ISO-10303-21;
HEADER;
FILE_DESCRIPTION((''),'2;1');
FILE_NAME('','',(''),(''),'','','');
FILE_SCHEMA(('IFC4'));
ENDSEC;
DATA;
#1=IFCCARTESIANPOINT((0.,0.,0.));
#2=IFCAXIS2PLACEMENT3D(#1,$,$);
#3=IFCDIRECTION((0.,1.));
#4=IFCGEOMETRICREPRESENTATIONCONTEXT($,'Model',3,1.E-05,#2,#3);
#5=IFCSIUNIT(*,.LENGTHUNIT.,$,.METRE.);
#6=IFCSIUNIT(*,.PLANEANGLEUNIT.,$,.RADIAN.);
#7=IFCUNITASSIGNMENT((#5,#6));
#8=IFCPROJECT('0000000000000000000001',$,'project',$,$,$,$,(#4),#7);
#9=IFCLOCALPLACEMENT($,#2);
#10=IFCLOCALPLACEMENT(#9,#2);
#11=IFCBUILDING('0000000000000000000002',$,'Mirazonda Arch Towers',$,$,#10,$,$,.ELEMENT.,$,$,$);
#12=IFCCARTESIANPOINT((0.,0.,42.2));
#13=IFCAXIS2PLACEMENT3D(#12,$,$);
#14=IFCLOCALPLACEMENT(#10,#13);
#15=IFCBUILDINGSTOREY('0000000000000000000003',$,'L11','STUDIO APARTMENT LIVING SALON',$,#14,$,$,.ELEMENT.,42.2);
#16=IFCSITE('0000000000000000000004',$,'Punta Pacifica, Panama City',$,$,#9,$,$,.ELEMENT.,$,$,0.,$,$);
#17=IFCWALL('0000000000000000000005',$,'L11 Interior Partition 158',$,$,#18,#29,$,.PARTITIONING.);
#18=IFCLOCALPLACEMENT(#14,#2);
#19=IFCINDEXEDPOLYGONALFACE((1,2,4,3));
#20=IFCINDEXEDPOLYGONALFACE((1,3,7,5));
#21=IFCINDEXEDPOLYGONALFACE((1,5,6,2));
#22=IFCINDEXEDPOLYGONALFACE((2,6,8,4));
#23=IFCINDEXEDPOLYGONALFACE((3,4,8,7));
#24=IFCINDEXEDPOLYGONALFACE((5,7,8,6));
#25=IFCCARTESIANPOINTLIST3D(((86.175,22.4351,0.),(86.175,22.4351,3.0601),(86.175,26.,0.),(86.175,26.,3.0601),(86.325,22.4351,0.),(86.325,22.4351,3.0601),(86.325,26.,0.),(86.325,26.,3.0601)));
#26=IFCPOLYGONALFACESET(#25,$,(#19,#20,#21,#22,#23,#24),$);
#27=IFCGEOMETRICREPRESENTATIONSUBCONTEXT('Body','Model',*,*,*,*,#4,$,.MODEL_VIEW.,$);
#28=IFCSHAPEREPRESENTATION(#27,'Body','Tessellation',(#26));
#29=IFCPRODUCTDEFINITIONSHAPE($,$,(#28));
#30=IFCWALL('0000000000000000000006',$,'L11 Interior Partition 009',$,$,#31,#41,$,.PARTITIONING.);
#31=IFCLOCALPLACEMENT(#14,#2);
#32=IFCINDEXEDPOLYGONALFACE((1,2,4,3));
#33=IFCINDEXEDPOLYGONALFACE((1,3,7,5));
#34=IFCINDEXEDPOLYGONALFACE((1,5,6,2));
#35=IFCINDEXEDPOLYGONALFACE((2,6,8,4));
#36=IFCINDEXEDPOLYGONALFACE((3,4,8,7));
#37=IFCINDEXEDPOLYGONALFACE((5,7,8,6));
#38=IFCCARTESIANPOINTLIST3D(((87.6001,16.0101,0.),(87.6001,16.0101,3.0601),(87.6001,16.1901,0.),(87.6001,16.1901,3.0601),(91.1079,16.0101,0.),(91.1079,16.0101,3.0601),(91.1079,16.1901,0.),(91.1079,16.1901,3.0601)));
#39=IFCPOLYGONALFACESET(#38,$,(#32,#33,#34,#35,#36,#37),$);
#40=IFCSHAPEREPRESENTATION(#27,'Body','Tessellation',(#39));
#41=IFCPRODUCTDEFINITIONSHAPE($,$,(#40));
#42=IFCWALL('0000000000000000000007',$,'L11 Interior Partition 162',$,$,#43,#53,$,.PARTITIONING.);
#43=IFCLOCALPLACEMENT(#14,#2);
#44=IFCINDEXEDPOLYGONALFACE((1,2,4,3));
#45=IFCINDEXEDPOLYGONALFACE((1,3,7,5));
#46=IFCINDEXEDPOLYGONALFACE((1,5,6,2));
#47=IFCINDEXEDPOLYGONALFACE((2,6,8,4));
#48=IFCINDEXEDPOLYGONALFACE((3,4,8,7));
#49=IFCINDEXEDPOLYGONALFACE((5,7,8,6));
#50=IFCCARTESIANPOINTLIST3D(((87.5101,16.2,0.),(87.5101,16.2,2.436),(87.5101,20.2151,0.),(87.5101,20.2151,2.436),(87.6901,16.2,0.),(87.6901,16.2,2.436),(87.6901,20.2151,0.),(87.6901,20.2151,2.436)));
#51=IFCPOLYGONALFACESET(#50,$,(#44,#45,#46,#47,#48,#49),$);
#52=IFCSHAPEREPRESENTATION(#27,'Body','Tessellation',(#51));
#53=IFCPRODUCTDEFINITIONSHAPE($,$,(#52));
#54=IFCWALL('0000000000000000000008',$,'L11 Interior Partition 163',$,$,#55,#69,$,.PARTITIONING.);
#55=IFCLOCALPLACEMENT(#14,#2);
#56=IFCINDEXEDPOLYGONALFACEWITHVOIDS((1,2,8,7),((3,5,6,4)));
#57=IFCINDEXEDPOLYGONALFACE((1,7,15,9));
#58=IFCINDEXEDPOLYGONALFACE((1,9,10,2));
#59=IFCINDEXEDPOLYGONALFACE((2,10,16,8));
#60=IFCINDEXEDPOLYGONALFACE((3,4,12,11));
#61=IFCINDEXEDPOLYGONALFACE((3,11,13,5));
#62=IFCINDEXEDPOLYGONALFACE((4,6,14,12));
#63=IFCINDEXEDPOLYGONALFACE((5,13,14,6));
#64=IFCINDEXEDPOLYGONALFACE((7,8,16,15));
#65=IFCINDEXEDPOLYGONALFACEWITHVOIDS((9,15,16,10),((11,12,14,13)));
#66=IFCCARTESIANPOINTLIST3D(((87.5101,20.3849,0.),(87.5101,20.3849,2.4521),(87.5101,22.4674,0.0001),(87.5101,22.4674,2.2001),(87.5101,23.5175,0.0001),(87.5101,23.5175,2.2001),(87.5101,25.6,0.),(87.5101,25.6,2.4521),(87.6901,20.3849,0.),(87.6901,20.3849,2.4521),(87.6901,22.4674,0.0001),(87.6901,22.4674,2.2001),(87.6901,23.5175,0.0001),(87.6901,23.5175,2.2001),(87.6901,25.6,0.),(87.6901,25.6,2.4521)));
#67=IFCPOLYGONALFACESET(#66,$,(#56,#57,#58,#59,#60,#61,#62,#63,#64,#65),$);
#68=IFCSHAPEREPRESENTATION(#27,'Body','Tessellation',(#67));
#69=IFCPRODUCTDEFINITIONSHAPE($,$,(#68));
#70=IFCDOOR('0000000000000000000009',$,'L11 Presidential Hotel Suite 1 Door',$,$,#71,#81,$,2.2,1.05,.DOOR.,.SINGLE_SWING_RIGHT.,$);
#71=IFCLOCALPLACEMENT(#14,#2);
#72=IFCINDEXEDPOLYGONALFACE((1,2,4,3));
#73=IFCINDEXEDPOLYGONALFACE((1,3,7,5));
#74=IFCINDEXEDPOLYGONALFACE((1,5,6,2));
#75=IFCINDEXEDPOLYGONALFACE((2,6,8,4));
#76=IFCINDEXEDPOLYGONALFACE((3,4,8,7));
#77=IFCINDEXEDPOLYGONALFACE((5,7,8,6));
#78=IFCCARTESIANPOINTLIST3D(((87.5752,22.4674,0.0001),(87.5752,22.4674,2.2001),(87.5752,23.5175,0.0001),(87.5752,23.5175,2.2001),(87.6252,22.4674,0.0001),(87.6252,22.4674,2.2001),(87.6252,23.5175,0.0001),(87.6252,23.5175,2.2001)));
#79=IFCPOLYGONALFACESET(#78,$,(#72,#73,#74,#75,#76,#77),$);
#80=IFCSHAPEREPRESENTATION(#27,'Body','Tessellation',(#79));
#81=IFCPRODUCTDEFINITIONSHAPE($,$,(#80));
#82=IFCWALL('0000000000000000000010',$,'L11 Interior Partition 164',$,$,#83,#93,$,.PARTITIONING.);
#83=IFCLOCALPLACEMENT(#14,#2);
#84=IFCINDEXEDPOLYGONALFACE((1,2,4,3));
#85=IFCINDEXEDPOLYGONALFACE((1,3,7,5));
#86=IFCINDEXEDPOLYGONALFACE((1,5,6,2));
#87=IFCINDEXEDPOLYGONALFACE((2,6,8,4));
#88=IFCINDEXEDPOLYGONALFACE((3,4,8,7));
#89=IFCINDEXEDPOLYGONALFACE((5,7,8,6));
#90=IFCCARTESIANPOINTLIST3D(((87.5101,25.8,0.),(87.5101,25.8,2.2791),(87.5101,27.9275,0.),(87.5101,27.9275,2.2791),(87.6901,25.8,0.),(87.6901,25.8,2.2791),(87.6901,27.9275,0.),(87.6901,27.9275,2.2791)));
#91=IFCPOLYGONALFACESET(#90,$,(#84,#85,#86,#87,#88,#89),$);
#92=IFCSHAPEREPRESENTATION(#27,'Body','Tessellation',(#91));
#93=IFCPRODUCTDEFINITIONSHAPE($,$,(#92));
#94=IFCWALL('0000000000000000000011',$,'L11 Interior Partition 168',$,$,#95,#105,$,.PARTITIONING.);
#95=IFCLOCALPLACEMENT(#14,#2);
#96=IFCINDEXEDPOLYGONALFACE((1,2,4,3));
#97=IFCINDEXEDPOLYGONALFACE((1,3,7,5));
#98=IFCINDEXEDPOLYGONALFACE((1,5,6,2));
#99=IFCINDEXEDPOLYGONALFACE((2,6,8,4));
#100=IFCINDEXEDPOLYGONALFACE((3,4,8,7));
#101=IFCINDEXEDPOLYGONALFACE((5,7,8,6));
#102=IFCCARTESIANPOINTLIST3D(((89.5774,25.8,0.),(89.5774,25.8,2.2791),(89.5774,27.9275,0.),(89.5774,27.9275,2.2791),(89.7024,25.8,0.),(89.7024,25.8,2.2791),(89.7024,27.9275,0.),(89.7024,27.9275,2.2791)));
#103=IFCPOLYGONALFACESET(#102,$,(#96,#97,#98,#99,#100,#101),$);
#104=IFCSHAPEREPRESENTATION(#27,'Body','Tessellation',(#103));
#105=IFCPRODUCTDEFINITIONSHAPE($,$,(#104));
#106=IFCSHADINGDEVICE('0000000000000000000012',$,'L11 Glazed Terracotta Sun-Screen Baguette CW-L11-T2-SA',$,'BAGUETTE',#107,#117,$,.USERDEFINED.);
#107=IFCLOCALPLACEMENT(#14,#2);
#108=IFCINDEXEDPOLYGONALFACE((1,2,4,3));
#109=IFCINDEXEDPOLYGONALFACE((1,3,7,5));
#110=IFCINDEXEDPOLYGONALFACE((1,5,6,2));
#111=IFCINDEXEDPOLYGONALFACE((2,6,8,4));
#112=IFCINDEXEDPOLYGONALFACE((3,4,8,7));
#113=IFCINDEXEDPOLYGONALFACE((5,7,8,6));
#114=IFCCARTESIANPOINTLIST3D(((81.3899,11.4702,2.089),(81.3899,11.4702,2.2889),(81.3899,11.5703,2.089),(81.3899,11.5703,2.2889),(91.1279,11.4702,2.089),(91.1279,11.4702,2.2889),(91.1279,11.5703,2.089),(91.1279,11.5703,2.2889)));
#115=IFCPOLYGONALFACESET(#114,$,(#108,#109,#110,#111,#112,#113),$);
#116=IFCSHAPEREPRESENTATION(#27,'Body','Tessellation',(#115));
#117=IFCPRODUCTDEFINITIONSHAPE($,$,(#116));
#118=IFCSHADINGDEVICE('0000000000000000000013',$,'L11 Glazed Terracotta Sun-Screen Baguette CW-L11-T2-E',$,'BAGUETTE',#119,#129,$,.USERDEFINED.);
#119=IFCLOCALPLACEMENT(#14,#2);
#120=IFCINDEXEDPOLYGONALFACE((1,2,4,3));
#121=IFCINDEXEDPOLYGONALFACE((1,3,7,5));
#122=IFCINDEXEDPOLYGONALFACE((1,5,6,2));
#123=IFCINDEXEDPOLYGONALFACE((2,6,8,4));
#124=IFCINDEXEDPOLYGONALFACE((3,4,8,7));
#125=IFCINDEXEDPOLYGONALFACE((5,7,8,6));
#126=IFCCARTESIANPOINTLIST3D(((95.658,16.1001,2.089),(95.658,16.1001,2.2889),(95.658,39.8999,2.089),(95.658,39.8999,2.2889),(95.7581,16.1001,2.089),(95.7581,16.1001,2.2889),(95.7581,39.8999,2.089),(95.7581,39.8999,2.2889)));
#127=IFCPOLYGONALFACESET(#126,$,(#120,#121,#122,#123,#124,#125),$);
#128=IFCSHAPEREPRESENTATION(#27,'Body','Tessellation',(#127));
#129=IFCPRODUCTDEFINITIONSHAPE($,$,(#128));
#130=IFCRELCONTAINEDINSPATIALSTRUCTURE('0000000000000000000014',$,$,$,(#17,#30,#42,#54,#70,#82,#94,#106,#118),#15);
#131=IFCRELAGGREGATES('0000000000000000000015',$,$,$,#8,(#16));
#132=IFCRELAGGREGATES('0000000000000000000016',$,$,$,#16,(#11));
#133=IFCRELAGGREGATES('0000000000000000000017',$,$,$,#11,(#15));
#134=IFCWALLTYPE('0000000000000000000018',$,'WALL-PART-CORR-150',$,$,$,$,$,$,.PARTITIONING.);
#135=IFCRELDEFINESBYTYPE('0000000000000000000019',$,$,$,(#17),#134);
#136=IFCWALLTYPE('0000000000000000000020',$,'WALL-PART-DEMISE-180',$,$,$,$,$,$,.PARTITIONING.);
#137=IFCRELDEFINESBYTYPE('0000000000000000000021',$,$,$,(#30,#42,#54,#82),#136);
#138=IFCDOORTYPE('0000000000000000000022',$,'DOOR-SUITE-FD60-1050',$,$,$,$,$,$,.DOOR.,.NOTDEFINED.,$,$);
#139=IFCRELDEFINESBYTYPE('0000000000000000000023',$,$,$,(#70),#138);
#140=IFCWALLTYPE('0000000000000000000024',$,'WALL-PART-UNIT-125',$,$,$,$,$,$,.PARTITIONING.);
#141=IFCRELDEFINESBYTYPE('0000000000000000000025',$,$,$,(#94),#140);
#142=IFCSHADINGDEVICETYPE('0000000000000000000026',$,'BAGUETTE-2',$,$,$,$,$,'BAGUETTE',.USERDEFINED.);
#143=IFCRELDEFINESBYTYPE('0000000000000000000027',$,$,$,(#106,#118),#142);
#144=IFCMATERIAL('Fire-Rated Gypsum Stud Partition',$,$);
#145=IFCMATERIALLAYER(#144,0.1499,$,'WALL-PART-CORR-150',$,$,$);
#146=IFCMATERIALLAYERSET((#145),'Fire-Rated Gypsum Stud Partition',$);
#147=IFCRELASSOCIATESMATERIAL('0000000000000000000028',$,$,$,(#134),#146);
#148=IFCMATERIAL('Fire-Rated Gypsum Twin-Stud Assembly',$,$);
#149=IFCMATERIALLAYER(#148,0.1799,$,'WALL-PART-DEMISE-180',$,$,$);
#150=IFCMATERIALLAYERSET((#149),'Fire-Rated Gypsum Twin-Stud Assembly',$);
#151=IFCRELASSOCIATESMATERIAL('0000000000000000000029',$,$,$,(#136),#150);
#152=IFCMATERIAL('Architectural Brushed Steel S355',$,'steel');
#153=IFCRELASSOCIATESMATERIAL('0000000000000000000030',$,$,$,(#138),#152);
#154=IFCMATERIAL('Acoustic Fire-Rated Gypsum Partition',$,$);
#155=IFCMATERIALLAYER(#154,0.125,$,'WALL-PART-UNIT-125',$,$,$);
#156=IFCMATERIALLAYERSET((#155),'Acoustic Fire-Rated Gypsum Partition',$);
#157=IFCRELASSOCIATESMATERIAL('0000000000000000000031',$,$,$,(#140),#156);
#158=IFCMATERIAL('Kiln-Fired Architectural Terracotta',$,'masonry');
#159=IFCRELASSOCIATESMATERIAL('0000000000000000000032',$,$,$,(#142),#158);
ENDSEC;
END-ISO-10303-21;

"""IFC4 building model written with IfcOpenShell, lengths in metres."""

from ifc_helpers import new_model, si_unit, direction, frame, frame_2d, origin, origin_2d, place, context, subcontext, project, spatial, rectangle, extrude, material, layer, layer_set, material_profile, profile_set, type_object, element, fill, save


model = new_model("IFC4")

# Units and contexts
model_context = context("Model", 3, precision=1e-05, world=origin(), true_north=direction((0.0, 1.0)))
body_context = subcontext(model_context, "Body", "Model", "MODEL_VIEW")
ifc_project = project(units=[si_unit("LENGTHUNIT", "METRE"), si_unit("PLANEANGLEUNIT", "RADIAN")], contexts=[model_context])

# Site, building, storey
site_placement = place(None, origin())
site = spatial("IfcSite", under=ifc_project, at=site_placement, Name="Punta Pacifica, Panama City", CompositionType="ELEMENT", RefElevation=0.0)
building_placement = place(site_placement, origin())
building = spatial("IfcBuilding", under=site, at=building_placement, Name="Mirazonda Arch Towers", CompositionType="ELEMENT")
storey_placement = place(building_placement, frame((0.0, 0.0, 42.2)))
storey = spatial("IfcBuildingStorey", under=building, at=storey_placement, Name="L11", Description="STUDIO APARTMENT LIVING SALON", CompositionType="ELEMENT", Elevation=42.2)

# Walls
ifc_material_1 = material(Name="Fire-Rated Gypsum Stud Partition")
ifc_layer_1 = layer(ifc_material_1, 0.1499, Name="WALL-PART-CORR-150")
ifc_layer_set_1 = layer_set([ifc_layer_1], Name="Fire-Rated Gypsum Stud Partition")
wall_type_1 = type_object("IfcWallType", Name="WALL-PART-CORR-150", PredefinedType="PARTITIONING", material=ifc_layer_set_1)
wall_1_placement = place(storey_placement, frame((86.25, 22.4351, 0.0), z_axis=(0.0, 0.0, 1.0), x_axis=(0.0, 1.0, 0.0)))
element("IfcWall", 1, at=wall_1_placement, inside=storey, type_object=wall_type_1, Name="L11 Interior Partition 158", PredefinedType="PARTITIONING", context=body_context, shape_type="SweptSolid", body=[
    extrude(rectangle(XDim=3.5649, YDim=0.1499, at=frame_2d((1.7825, 0.0))), origin(), (0.0, 0.0, 1.0), 3.0601),
])
ifc_material_2 = material(Name="Fire-Rated Gypsum Twin-Stud Assembly")
ifc_layer_2 = layer(ifc_material_2, 0.1799, Name="WALL-PART-DEMISE-180")
ifc_layer_set_2 = layer_set([ifc_layer_2], Name="Fire-Rated Gypsum Twin-Stud Assembly")
wall_type_2 = type_object("IfcWallType", Name="WALL-PART-DEMISE-180", PredefinedType="PARTITIONING", material=ifc_layer_set_2)
wall_2_placement = place(storey_placement, frame((87.6001, 16.1001, 0.0), z_axis=(0.0, 0.0, 1.0), x_axis=(1.0, 0.0, 0.0)))
element("IfcWall", 2, at=wall_2_placement, inside=storey, type_object=wall_type_2, Name="L11 Interior Partition 009", PredefinedType="PARTITIONING", context=body_context, shape_type="SweptSolid", body=[
    extrude(rectangle(XDim=3.5078, YDim=0.1799, at=frame_2d((1.7539, 0.0))), origin(), (0.0, 0.0, 1.0), 3.0601),
])

# Shared definitions
ifc_material_3 = material(Name="Architectural Brushed Steel S355", Category="steel")

# Wall
wall_3_placement = place(storey_placement, frame((87.6001, 16.2, 0.0), z_axis=(0.0, 0.0, 1.0), x_axis=(0.0, 1.0, 0.0)))
element("IfcWall", 3, at=wall_3_placement, inside=storey, type_object=wall_type_2, Name="L11 Interior Partition 162", PredefinedType="PARTITIONING", context=body_context, shape_type="SweptSolid", body=[
    extrude(rectangle(XDim=4.0151, YDim=0.1799, at=frame_2d((2.0076, 0.0))), origin(), (0.0, 0.0, 1.0), 2.436),
])

# Wall, opening, door
wall_4_placement = place(storey_placement, frame((87.6001, 20.385, 0.0), z_axis=(0.0, 0.0, 1.0), x_axis=(0.0, 1.0, 0.0)))
wall_4 = element("IfcWall", 4, at=wall_4_placement, inside=storey, type_object=wall_type_2, Name="L11 Interior Partition 163", PredefinedType="PARTITIONING", context=body_context, shape_type="SweptSolid", body=[
    extrude(rectangle(XDim=5.2151, YDim=0.1799, at=frame_2d((2.6074, 0.0))), origin(), (0.0, 0.0, 1.0), 2.4521),
])
opening_1_placement = place(wall_4_placement, frame((2.0825, 0.0, 0.0)))
opening_1 = element("IfcOpeningElement", 5, at=opening_1_placement, cuts=wall_4, PredefinedType="OPENING", context=body_context, shape_type="SweptSolid", body=[
    extrude(rectangle(XDim=1.05, YDim=2.2, at=frame_2d((0.5249, 1.1001))), frame((0.0, 0.0999, 0.0), z_axis=(0.0, -1.0, 0.0), x_axis=(1.0, 0.0, 0.0)), (0.0, 0.0, 1.0), 0.2),
])
door_type_1 = type_object("IfcDoorType", Name="DOOR-SUITE-FD60-1050", OperationType="NOTDEFINED", PredefinedType="DOOR", material=ifc_material_3)
door_1_placement = place(opening_1_placement, origin())
door_1 = element("IfcDoor", 6, at=door_1_placement, inside=storey, type_object=door_type_1, Name="L11 Presidential Hotel Suite 1 Door", OperationType="SINGLE_SWING_RIGHT", OverallHeight=2.2, OverallWidth=1.05, PredefinedType="DOOR", context=body_context, shape_type="SweptSolid", body=[
    extrude(rectangle(XDim=1.05, YDim=2.2, at=frame_2d((0.5249, 1.1001))), frame((0.0, 0.0249, 0.0), z_axis=(0.0, -1.0, 0.0), x_axis=(1.0, 0.0, 0.0)), (0.0, 0.0, 1.0), 0.05),
])
fill(opening_1, door_1)

# Walls
wall_5_placement = place(storey_placement, frame((87.6001, 25.8, 0.0), z_axis=(0.0, 0.0, 1.0), x_axis=(0.0, 1.0, 0.0)))
element("IfcWall", 7, at=wall_5_placement, inside=storey, type_object=wall_type_2, Name="L11 Interior Partition 164", PredefinedType="PARTITIONING", context=body_context, shape_type="SweptSolid", body=[
    extrude(rectangle(XDim=2.1274, YDim=0.1799, at=frame_2d((1.0637, 0.0))), origin(), (0.0, 0.0, 1.0), 2.2791),
])
ifc_material_4 = material(Name="Acoustic Fire-Rated Gypsum Partition")
ifc_layer_3 = layer(ifc_material_4, 0.125, Name="WALL-PART-UNIT-125")
ifc_layer_set_3 = layer_set([ifc_layer_3], Name="Acoustic Fire-Rated Gypsum Partition")
wall_type_3 = type_object("IfcWallType", Name="WALL-PART-UNIT-125", PredefinedType="PARTITIONING", material=ifc_layer_set_3)
wall_6_placement = place(storey_placement, frame((89.6399, 25.8, 0.0), z_axis=(0.0, 0.0, 1.0), x_axis=(0.0, 1.0, 0.0)))
element("IfcWall", 8, at=wall_6_placement, inside=storey, type_object=wall_type_3, Name="L11 Interior Partition 168", PredefinedType="PARTITIONING", context=body_context, shape_type="SweptSolid", body=[
    extrude(rectangle(XDim=2.1274, YDim=0.125, at=frame_2d((1.0637, 0.0))), origin(), (0.0, 0.0, 1.0), 2.2791),
])

# Shading devices
ifc_material_5 = material(Name="Kiln-Fired Architectural Terracotta", Category="masonry")
ifc_material_profile_1 = material_profile(ifc_material_5, rectangle(XDim=0.1001, YDim=0.2, at=origin_2d()), Name="TERRA-BAG-100x200")
ifc_profile_set_1 = profile_set([ifc_material_profile_1], Name="Kiln-Fired Architectural Terracotta")
shading_device_type = type_object("IfcShadingDeviceType", Name="BAGUETTE-2", ElementType="BAGUETTE", PredefinedType="USERDEFINED", material=ifc_profile_set_1)
shading_device_1_placement = place(storey_placement, frame((91.1279, 11.5203, 2.189), z_axis=(-1.0, 0.0, 0.0), x_axis=(0.0, -1.0, 0.0)))
element("IfcShadingDevice", 9, at=shading_device_1_placement, inside=storey, type_object=shading_device_type, Name="L11 Glazed Terracotta Sun-Screen Baguette CW-L11-T2-SA", ObjectType="BAGUETTE", PredefinedType="USERDEFINED", context=body_context, shape_type="SweptSolid", body=[
    extrude(rectangle(XDim=0.1001, YDim=0.2, at=origin_2d()), origin(), (0.0, 0.0, 1.0), 9.738),
])
shading_device_2_placement = place(storey_placement, frame((95.708, 16.1001, 2.189), z_axis=(0.0, 1.0, 0.0), x_axis=(-1.0, 0.0, 0.0)))
element("IfcShadingDevice", 10, at=shading_device_2_placement, inside=storey, type_object=shading_device_type, Name="L11 Glazed Terracotta Sun-Screen Baguette CW-L11-T2-E", ObjectType="BAGUETTE", PredefinedType="USERDEFINED", context=body_context, shape_type="SweptSolid", body=[
    extrude(rectangle(XDim=0.1001, YDim=0.2, at=origin_2d()), origin(), (0.0, 0.0, 1.0), 23.7998),
])

save(model, "model.ifc")
